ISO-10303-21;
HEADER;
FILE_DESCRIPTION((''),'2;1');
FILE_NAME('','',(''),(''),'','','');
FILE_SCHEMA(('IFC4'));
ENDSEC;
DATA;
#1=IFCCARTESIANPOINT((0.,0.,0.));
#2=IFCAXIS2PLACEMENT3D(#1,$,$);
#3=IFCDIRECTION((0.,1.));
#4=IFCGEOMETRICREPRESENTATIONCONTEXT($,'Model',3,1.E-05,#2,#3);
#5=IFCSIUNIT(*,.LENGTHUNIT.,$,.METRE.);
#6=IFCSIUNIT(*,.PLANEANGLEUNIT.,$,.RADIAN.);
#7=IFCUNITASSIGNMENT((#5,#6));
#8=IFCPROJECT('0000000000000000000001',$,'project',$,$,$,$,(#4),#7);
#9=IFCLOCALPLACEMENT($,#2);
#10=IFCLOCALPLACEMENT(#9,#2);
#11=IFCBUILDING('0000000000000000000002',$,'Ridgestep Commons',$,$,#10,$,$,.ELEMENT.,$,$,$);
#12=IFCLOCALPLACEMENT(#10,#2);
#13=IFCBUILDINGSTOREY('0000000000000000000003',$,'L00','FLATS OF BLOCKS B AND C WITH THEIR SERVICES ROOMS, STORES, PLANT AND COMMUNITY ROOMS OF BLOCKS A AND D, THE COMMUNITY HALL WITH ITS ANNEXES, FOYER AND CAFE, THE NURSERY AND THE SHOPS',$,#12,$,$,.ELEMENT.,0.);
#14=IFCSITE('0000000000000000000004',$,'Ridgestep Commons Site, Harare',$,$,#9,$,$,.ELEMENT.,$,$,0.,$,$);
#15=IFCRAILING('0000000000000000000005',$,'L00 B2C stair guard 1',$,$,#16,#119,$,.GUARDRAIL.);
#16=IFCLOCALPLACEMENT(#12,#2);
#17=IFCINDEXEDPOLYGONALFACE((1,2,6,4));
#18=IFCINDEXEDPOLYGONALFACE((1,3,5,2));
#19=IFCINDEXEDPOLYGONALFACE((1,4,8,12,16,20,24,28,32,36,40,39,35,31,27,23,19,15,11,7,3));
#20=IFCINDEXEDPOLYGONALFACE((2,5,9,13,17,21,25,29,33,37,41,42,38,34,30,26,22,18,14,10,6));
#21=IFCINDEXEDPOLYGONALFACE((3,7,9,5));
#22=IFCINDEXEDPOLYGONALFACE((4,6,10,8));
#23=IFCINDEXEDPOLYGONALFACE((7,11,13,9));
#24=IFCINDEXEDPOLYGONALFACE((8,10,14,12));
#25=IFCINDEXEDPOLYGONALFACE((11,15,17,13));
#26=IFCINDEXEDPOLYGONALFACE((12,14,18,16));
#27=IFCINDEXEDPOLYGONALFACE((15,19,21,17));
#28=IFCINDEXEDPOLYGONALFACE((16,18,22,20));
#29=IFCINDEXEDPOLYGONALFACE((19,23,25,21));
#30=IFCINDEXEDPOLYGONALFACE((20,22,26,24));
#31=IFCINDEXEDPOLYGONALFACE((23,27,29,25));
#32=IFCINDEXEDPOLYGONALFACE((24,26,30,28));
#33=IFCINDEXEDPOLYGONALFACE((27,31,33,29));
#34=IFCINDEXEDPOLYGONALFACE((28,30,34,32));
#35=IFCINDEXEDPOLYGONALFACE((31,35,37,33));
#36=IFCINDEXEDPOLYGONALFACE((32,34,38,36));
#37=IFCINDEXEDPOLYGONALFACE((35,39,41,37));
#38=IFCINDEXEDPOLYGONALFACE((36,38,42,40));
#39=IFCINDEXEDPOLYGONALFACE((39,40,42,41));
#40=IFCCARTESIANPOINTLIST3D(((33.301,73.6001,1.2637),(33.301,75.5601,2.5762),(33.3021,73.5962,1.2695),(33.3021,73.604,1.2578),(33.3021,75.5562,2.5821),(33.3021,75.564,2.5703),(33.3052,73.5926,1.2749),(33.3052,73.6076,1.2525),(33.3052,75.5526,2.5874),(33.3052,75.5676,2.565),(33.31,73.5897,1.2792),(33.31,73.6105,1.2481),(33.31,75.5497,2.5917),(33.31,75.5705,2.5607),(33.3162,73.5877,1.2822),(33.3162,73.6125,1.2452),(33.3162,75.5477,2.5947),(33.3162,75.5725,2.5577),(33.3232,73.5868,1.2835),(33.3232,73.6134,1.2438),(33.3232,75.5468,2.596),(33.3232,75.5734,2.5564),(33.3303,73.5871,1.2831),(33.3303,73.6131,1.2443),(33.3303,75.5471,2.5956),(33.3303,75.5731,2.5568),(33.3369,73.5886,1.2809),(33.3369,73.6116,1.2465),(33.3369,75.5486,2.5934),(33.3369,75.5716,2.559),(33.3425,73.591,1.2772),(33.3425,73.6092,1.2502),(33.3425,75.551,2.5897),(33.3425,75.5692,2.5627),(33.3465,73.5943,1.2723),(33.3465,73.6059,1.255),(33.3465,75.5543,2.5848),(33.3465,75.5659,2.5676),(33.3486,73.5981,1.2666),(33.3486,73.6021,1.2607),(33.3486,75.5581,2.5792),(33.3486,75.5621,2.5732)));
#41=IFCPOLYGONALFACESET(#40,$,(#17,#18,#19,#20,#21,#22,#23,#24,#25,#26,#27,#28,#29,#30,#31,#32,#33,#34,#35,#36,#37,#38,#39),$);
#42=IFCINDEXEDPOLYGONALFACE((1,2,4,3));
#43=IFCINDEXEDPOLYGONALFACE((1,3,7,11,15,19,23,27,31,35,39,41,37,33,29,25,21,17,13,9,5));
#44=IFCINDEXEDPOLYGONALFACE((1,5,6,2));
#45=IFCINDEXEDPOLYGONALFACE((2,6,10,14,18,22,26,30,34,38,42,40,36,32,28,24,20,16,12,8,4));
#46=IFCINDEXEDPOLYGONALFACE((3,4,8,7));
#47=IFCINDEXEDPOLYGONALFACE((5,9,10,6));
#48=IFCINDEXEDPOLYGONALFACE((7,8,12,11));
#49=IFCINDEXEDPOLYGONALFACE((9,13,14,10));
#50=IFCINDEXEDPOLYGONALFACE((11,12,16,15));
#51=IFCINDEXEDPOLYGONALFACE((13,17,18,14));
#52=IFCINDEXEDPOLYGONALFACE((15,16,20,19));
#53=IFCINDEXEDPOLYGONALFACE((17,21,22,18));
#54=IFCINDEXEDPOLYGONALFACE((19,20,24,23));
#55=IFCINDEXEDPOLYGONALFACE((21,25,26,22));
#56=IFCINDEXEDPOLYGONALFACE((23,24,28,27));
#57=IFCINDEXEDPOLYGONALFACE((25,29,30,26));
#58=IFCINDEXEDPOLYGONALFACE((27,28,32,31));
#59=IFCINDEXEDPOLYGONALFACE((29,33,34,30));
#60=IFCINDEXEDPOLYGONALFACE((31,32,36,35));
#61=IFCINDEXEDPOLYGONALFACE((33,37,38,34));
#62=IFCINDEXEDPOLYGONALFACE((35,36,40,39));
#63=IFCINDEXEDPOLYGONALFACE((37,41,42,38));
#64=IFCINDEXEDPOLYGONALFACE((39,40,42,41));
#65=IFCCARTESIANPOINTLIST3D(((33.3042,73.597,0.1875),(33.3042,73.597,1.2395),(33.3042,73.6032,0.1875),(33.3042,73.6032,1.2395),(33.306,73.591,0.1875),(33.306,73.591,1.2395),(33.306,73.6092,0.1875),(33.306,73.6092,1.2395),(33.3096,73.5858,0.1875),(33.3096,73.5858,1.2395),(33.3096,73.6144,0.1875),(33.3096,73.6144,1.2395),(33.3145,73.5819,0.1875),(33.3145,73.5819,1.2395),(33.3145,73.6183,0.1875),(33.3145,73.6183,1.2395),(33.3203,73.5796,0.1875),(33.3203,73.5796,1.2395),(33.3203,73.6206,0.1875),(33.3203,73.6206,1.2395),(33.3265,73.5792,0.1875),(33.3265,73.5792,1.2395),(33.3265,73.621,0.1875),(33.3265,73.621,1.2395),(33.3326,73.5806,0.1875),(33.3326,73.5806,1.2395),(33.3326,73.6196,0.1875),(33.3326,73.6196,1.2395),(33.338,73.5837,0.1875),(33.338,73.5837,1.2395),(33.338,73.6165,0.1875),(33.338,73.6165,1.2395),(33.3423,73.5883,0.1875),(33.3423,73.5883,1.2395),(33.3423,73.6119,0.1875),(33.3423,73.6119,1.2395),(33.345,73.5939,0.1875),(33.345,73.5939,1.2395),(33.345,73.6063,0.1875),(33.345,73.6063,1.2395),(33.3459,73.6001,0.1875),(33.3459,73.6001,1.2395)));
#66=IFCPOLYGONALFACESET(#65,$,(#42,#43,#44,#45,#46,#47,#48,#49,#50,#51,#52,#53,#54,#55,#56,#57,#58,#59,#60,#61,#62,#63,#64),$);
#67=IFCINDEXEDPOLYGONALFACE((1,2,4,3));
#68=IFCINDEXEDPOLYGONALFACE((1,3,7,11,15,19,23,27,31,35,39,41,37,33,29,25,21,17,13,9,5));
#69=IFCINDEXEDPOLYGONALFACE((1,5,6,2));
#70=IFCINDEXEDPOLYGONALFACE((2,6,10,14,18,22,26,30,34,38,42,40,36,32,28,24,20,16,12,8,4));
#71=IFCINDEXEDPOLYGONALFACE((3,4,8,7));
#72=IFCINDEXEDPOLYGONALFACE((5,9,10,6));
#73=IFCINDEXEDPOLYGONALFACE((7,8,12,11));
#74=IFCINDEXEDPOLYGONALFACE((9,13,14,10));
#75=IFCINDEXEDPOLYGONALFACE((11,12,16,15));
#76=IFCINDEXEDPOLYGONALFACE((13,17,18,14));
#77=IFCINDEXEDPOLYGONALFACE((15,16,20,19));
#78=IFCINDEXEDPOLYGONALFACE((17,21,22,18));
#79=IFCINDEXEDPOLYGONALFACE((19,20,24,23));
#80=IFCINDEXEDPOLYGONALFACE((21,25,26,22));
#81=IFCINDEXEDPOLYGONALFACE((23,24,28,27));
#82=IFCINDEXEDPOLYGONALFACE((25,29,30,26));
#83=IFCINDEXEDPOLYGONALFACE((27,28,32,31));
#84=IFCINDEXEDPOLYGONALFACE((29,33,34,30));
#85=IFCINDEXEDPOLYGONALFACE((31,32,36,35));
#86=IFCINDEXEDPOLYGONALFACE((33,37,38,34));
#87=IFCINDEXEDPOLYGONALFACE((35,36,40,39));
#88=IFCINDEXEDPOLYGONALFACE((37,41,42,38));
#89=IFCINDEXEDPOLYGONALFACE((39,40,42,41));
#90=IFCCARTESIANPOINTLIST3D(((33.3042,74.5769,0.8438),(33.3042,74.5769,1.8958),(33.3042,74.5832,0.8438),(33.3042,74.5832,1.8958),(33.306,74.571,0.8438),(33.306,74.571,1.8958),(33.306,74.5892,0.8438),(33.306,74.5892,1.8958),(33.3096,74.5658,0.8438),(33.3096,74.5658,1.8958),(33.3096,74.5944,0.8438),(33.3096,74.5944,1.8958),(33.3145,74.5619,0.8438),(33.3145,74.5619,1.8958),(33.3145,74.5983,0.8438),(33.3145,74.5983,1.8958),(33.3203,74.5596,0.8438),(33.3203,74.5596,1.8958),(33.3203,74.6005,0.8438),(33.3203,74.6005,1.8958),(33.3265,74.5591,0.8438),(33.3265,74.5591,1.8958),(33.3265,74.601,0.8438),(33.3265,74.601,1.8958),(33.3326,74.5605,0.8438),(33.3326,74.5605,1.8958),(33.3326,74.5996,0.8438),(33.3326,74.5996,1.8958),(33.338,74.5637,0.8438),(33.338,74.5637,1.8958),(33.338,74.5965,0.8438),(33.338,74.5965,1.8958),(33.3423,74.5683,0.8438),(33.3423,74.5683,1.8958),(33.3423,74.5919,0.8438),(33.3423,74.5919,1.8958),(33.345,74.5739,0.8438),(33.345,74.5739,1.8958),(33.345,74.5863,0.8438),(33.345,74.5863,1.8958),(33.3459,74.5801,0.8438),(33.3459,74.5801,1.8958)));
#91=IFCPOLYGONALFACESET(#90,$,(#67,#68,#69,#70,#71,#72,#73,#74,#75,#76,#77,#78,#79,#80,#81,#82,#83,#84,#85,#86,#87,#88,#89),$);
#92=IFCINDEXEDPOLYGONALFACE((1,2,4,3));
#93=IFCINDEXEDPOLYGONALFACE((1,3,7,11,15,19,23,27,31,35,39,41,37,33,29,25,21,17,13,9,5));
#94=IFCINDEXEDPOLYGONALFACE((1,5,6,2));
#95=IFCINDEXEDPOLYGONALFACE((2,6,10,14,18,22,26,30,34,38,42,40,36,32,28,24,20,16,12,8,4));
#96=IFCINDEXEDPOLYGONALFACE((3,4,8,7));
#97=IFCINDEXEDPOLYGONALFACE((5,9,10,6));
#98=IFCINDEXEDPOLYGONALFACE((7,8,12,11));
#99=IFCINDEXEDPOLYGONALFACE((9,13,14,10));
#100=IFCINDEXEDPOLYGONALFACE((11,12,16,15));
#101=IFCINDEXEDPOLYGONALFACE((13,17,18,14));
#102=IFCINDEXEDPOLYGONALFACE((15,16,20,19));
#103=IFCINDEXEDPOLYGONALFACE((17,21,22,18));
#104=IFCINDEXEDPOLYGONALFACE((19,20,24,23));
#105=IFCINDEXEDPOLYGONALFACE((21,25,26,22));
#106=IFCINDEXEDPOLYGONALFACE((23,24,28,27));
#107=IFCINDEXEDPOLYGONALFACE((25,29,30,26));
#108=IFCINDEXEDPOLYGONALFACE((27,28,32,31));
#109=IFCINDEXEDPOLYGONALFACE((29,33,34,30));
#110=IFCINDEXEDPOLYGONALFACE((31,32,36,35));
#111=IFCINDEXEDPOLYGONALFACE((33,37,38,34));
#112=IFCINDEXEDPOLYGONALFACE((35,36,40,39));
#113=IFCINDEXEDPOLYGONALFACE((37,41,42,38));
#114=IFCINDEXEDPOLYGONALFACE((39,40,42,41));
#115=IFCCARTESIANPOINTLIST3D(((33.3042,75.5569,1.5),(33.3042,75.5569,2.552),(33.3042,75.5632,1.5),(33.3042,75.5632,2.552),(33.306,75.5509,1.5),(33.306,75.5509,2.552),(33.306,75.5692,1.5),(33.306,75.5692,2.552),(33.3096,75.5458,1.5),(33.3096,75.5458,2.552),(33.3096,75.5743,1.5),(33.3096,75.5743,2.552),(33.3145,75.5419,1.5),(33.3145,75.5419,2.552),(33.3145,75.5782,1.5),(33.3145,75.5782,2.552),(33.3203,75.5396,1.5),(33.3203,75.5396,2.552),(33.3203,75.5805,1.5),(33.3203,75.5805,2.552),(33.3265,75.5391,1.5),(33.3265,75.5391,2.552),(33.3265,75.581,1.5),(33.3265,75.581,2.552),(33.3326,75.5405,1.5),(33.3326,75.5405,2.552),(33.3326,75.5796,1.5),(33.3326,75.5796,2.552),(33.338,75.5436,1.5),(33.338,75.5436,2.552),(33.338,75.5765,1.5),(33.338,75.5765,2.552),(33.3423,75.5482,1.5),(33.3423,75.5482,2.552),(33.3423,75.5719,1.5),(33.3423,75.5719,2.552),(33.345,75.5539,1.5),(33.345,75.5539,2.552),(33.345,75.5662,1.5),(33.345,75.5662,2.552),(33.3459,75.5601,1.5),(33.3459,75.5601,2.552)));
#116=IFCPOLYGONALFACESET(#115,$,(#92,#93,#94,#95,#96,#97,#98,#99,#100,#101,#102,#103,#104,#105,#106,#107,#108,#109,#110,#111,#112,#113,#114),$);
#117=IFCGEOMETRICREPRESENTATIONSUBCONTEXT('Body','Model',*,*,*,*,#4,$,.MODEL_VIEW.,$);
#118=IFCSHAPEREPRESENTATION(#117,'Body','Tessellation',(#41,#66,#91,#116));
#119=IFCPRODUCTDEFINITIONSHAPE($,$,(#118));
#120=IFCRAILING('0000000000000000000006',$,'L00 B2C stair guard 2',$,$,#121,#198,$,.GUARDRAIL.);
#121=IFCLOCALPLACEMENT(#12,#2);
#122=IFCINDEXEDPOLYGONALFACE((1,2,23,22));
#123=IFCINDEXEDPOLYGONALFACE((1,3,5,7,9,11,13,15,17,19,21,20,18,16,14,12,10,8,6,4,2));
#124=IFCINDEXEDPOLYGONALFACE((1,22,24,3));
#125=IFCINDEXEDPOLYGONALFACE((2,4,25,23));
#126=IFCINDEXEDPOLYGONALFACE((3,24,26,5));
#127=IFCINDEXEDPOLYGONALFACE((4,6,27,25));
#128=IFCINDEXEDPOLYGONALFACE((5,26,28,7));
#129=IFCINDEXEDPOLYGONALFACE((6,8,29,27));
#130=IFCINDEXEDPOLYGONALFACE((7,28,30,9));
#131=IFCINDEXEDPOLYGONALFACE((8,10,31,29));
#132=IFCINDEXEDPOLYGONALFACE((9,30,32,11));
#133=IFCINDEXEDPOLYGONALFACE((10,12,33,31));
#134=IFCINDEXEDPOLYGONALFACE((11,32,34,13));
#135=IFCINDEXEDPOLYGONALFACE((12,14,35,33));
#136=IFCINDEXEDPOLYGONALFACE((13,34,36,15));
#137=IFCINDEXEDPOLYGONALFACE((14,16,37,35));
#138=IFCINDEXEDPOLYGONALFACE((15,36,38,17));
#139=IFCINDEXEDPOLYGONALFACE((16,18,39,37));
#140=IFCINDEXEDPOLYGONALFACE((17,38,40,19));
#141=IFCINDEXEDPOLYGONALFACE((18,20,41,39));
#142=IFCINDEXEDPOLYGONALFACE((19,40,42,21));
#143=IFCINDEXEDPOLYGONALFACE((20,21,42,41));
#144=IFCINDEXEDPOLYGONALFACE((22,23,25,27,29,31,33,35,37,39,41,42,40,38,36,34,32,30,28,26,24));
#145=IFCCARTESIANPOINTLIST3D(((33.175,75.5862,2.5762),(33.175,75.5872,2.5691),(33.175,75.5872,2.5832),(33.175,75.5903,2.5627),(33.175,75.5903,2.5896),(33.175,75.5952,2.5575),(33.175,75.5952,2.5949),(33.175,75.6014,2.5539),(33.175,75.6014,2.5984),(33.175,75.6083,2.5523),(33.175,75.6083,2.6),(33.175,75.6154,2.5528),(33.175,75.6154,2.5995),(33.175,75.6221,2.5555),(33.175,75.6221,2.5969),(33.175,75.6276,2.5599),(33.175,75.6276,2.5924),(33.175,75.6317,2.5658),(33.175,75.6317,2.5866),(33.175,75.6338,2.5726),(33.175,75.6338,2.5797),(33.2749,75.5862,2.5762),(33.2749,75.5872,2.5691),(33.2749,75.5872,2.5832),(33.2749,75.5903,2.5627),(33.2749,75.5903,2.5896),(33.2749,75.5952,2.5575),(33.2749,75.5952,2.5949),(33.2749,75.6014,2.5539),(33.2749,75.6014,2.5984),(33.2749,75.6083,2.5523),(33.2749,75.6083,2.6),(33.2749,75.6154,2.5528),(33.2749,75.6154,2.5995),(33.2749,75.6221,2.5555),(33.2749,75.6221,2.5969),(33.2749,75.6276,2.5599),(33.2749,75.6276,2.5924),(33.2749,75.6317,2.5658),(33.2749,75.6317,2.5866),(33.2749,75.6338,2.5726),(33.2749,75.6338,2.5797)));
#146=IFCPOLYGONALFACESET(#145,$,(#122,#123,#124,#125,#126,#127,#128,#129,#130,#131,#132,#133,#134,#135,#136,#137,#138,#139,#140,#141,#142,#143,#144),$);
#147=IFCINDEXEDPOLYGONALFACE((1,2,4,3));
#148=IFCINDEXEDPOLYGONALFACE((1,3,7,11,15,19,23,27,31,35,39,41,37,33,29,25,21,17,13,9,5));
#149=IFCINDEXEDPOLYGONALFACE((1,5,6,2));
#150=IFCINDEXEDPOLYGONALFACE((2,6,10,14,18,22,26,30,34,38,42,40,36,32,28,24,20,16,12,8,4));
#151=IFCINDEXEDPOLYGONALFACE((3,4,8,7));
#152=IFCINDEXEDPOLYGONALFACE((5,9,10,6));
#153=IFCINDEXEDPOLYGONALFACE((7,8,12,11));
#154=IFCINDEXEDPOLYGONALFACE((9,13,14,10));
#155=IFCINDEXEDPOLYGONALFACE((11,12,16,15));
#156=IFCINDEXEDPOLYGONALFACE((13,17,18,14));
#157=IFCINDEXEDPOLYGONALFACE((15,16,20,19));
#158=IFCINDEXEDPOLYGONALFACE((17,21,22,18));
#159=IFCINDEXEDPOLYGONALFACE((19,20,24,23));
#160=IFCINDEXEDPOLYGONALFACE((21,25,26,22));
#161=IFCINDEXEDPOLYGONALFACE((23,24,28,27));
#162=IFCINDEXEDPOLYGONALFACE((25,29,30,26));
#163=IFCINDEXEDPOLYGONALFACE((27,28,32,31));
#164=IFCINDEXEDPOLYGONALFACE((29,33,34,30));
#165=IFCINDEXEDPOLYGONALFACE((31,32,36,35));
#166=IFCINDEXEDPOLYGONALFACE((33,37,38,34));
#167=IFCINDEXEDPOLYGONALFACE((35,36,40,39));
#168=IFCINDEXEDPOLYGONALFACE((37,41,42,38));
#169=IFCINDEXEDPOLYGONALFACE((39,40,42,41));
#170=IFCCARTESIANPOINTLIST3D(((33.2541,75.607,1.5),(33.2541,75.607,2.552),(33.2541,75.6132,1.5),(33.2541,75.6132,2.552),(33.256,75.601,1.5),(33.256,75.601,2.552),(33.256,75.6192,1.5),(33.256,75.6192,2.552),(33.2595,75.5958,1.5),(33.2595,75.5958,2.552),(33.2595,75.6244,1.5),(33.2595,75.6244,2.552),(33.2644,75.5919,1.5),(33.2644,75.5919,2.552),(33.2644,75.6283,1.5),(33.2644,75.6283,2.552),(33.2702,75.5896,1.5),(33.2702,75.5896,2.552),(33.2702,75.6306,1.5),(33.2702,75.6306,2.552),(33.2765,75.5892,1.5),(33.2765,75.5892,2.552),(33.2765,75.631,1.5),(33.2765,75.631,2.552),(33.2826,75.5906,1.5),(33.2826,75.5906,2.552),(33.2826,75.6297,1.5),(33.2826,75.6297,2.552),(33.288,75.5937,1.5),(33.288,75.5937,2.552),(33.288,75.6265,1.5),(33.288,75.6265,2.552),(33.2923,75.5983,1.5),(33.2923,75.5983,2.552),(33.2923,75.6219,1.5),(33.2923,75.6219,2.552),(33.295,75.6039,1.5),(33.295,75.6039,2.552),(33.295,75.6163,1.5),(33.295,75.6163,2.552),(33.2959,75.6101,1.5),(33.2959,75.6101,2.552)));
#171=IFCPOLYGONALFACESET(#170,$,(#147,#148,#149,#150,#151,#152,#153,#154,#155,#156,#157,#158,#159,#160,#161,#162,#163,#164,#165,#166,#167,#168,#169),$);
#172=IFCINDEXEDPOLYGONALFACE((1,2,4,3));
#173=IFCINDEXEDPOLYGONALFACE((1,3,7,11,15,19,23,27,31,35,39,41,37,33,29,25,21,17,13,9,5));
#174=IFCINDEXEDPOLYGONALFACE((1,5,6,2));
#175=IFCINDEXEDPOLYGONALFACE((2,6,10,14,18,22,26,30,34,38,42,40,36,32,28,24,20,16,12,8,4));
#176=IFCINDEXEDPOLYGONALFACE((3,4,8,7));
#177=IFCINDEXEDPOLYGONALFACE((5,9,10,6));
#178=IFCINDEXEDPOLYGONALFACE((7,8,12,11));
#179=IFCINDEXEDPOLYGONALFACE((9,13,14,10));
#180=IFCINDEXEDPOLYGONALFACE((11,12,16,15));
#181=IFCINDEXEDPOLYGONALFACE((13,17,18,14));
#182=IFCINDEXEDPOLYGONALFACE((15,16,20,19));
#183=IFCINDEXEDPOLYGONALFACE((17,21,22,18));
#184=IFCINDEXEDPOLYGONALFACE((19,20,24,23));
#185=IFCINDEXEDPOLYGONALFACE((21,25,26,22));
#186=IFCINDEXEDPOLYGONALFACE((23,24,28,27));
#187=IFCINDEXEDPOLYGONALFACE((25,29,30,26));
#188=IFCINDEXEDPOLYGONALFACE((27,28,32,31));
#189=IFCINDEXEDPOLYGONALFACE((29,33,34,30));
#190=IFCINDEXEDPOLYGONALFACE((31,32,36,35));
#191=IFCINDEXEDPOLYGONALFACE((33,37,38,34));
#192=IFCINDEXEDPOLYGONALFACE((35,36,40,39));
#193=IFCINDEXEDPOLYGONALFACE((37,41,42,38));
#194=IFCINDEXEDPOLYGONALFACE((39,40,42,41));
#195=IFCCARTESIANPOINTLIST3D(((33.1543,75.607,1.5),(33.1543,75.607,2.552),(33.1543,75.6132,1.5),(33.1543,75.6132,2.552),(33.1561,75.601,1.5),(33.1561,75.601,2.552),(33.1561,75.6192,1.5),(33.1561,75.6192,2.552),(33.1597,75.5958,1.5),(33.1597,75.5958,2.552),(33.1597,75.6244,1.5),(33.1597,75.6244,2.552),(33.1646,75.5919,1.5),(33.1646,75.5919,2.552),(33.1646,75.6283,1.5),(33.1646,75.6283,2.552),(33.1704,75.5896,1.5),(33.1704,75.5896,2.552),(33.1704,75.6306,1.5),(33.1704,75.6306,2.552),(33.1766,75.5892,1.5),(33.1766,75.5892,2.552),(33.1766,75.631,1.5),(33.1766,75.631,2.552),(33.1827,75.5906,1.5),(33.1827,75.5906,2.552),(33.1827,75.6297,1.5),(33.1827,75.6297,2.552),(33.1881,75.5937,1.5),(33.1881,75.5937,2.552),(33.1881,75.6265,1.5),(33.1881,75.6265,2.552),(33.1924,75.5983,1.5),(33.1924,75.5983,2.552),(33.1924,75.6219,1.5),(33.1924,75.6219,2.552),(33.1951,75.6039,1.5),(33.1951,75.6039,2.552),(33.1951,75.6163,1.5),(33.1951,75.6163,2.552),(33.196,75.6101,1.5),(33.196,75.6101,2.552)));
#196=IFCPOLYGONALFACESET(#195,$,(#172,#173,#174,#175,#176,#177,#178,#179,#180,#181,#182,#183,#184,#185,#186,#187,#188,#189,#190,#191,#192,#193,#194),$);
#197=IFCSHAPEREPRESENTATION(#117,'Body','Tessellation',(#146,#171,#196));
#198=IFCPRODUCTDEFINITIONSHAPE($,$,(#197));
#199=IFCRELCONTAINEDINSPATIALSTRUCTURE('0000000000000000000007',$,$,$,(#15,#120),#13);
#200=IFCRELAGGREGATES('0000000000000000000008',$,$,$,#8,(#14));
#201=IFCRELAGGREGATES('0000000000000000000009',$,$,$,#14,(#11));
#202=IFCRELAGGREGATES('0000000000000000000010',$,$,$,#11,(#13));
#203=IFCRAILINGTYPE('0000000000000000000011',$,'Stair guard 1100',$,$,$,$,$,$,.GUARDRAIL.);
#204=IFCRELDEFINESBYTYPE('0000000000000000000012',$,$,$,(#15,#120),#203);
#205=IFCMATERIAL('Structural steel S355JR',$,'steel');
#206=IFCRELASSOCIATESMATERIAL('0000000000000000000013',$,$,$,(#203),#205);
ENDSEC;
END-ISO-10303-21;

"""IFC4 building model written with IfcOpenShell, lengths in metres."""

from ifc_helpers import new_model, si_unit, direction, frame, origin, origin_2d, place, context, subcontext, project, spatial, circle, extrude, material, type_object, element, save


model = new_model("IFC4")

# Units and contexts
model_context = context("Model", 3, precision=1e-05, world=origin(), true_north=direction((0.0, 1.0)))
body_context = subcontext(model_context, "Body", "Model", "MODEL_VIEW")
ifc_project = project(units=[si_unit("LENGTHUNIT", "METRE"), si_unit("PLANEANGLEUNIT", "RADIAN")], contexts=[model_context])

# Site, building, storey
site_placement = place(None, origin())
site = spatial("IfcSite", under=ifc_project, at=site_placement, Name="Ridgestep Commons Site, Harare", CompositionType="ELEMENT", RefElevation=0.0)
building_placement = place(site_placement, origin())
building = spatial("IfcBuilding", under=site, at=building_placement, Name="Ridgestep Commons", CompositionType="ELEMENT")
storey_placement = place(building_placement, origin())
storey = spatial("IfcBuildingStorey", under=building, at=storey_placement, Name="L00", Description="FLATS OF BLOCKS B AND C WITH THEIR SERVICES ROOMS, STORES, PLANT AND COMMUNITY ROOMS OF BLOCKS A AND D, THE COMMUNITY HALL WITH ITS ANNEXES, FOYER AND CAFE, THE NURSERY AND THE SHOPS", CompositionType="ELEMENT", Elevation=0.0)

# Railings
ifc_material_1 = material(Name="Structural steel S355JR", Category="steel")
railing_type_1 = type_object("IfcRailingType", Name="Stair guard 1100", PredefinedType="GUARDRAIL", material=ifc_material_1)
railing_1_placement = place(storey_placement, frame((33.325, 73.6001, 0.1875)))
element("IfcRailing", 1, at=railing_1_placement, inside=storey, type_object=railing_type_1, Name="L00 B2C stair guard 1", PredefinedType="GUARDRAIL", context=body_context, shape_type="SweptSolid", body=[
    extrude(circle(Radius=0.0239, at=origin_2d()), frame((0.0, 0.0, 1.0762), z_axis=(0.0, 0.830902, 0.556419), x_axis=(-1.0, 0.0, 0.0)), (0.0, 0.0, 1.0), 2.3589),
    extrude(circle(Radius=0.021, at=origin_2d()), origin(), (0.0, 0.0, 1.0), 1.052),
    extrude(circle(Radius=0.021, at=origin_2d()), frame((0.0, 0.98, 0.6562)), (0.0, 0.0, 1.0), 1.052),
    extrude(circle(Radius=0.021, at=origin_2d()), frame((0.0, 1.96, 1.3125)), (0.0, 0.0, 1.0), 1.052),
])
for number, where, name in (
    (2, (33.2749, 75.6101, 1.5), "L00 B2C stair guard 2"),
):
    element("IfcRailing", number, at=place(storey_placement, frame(where)), inside=storey, type_object=railing_type_1, Name=name, PredefinedType="GUARDRAIL", context=body_context, shape_type="SweptSolid", body=[
        extrude(circle(Radius=0.0239, at=origin_2d()), frame((0.0, 0.0, 1.0762), z_axis=(-1.0, 0.0, 0.0), x_axis=(0.0, -1.0, 0.0)), (0.0, 0.0, 1.0), 0.0999),
        extrude(circle(Radius=0.021, at=origin_2d()), origin(), (0.0, 0.0, 1.0), 1.052),
        extrude(circle(Radius=0.021, at=origin_2d()), frame((-0.0999, 0.0, 0.0)), (0.0, 0.0, 1.0), 1.052),
    ])

save(model, "model.ifc")
